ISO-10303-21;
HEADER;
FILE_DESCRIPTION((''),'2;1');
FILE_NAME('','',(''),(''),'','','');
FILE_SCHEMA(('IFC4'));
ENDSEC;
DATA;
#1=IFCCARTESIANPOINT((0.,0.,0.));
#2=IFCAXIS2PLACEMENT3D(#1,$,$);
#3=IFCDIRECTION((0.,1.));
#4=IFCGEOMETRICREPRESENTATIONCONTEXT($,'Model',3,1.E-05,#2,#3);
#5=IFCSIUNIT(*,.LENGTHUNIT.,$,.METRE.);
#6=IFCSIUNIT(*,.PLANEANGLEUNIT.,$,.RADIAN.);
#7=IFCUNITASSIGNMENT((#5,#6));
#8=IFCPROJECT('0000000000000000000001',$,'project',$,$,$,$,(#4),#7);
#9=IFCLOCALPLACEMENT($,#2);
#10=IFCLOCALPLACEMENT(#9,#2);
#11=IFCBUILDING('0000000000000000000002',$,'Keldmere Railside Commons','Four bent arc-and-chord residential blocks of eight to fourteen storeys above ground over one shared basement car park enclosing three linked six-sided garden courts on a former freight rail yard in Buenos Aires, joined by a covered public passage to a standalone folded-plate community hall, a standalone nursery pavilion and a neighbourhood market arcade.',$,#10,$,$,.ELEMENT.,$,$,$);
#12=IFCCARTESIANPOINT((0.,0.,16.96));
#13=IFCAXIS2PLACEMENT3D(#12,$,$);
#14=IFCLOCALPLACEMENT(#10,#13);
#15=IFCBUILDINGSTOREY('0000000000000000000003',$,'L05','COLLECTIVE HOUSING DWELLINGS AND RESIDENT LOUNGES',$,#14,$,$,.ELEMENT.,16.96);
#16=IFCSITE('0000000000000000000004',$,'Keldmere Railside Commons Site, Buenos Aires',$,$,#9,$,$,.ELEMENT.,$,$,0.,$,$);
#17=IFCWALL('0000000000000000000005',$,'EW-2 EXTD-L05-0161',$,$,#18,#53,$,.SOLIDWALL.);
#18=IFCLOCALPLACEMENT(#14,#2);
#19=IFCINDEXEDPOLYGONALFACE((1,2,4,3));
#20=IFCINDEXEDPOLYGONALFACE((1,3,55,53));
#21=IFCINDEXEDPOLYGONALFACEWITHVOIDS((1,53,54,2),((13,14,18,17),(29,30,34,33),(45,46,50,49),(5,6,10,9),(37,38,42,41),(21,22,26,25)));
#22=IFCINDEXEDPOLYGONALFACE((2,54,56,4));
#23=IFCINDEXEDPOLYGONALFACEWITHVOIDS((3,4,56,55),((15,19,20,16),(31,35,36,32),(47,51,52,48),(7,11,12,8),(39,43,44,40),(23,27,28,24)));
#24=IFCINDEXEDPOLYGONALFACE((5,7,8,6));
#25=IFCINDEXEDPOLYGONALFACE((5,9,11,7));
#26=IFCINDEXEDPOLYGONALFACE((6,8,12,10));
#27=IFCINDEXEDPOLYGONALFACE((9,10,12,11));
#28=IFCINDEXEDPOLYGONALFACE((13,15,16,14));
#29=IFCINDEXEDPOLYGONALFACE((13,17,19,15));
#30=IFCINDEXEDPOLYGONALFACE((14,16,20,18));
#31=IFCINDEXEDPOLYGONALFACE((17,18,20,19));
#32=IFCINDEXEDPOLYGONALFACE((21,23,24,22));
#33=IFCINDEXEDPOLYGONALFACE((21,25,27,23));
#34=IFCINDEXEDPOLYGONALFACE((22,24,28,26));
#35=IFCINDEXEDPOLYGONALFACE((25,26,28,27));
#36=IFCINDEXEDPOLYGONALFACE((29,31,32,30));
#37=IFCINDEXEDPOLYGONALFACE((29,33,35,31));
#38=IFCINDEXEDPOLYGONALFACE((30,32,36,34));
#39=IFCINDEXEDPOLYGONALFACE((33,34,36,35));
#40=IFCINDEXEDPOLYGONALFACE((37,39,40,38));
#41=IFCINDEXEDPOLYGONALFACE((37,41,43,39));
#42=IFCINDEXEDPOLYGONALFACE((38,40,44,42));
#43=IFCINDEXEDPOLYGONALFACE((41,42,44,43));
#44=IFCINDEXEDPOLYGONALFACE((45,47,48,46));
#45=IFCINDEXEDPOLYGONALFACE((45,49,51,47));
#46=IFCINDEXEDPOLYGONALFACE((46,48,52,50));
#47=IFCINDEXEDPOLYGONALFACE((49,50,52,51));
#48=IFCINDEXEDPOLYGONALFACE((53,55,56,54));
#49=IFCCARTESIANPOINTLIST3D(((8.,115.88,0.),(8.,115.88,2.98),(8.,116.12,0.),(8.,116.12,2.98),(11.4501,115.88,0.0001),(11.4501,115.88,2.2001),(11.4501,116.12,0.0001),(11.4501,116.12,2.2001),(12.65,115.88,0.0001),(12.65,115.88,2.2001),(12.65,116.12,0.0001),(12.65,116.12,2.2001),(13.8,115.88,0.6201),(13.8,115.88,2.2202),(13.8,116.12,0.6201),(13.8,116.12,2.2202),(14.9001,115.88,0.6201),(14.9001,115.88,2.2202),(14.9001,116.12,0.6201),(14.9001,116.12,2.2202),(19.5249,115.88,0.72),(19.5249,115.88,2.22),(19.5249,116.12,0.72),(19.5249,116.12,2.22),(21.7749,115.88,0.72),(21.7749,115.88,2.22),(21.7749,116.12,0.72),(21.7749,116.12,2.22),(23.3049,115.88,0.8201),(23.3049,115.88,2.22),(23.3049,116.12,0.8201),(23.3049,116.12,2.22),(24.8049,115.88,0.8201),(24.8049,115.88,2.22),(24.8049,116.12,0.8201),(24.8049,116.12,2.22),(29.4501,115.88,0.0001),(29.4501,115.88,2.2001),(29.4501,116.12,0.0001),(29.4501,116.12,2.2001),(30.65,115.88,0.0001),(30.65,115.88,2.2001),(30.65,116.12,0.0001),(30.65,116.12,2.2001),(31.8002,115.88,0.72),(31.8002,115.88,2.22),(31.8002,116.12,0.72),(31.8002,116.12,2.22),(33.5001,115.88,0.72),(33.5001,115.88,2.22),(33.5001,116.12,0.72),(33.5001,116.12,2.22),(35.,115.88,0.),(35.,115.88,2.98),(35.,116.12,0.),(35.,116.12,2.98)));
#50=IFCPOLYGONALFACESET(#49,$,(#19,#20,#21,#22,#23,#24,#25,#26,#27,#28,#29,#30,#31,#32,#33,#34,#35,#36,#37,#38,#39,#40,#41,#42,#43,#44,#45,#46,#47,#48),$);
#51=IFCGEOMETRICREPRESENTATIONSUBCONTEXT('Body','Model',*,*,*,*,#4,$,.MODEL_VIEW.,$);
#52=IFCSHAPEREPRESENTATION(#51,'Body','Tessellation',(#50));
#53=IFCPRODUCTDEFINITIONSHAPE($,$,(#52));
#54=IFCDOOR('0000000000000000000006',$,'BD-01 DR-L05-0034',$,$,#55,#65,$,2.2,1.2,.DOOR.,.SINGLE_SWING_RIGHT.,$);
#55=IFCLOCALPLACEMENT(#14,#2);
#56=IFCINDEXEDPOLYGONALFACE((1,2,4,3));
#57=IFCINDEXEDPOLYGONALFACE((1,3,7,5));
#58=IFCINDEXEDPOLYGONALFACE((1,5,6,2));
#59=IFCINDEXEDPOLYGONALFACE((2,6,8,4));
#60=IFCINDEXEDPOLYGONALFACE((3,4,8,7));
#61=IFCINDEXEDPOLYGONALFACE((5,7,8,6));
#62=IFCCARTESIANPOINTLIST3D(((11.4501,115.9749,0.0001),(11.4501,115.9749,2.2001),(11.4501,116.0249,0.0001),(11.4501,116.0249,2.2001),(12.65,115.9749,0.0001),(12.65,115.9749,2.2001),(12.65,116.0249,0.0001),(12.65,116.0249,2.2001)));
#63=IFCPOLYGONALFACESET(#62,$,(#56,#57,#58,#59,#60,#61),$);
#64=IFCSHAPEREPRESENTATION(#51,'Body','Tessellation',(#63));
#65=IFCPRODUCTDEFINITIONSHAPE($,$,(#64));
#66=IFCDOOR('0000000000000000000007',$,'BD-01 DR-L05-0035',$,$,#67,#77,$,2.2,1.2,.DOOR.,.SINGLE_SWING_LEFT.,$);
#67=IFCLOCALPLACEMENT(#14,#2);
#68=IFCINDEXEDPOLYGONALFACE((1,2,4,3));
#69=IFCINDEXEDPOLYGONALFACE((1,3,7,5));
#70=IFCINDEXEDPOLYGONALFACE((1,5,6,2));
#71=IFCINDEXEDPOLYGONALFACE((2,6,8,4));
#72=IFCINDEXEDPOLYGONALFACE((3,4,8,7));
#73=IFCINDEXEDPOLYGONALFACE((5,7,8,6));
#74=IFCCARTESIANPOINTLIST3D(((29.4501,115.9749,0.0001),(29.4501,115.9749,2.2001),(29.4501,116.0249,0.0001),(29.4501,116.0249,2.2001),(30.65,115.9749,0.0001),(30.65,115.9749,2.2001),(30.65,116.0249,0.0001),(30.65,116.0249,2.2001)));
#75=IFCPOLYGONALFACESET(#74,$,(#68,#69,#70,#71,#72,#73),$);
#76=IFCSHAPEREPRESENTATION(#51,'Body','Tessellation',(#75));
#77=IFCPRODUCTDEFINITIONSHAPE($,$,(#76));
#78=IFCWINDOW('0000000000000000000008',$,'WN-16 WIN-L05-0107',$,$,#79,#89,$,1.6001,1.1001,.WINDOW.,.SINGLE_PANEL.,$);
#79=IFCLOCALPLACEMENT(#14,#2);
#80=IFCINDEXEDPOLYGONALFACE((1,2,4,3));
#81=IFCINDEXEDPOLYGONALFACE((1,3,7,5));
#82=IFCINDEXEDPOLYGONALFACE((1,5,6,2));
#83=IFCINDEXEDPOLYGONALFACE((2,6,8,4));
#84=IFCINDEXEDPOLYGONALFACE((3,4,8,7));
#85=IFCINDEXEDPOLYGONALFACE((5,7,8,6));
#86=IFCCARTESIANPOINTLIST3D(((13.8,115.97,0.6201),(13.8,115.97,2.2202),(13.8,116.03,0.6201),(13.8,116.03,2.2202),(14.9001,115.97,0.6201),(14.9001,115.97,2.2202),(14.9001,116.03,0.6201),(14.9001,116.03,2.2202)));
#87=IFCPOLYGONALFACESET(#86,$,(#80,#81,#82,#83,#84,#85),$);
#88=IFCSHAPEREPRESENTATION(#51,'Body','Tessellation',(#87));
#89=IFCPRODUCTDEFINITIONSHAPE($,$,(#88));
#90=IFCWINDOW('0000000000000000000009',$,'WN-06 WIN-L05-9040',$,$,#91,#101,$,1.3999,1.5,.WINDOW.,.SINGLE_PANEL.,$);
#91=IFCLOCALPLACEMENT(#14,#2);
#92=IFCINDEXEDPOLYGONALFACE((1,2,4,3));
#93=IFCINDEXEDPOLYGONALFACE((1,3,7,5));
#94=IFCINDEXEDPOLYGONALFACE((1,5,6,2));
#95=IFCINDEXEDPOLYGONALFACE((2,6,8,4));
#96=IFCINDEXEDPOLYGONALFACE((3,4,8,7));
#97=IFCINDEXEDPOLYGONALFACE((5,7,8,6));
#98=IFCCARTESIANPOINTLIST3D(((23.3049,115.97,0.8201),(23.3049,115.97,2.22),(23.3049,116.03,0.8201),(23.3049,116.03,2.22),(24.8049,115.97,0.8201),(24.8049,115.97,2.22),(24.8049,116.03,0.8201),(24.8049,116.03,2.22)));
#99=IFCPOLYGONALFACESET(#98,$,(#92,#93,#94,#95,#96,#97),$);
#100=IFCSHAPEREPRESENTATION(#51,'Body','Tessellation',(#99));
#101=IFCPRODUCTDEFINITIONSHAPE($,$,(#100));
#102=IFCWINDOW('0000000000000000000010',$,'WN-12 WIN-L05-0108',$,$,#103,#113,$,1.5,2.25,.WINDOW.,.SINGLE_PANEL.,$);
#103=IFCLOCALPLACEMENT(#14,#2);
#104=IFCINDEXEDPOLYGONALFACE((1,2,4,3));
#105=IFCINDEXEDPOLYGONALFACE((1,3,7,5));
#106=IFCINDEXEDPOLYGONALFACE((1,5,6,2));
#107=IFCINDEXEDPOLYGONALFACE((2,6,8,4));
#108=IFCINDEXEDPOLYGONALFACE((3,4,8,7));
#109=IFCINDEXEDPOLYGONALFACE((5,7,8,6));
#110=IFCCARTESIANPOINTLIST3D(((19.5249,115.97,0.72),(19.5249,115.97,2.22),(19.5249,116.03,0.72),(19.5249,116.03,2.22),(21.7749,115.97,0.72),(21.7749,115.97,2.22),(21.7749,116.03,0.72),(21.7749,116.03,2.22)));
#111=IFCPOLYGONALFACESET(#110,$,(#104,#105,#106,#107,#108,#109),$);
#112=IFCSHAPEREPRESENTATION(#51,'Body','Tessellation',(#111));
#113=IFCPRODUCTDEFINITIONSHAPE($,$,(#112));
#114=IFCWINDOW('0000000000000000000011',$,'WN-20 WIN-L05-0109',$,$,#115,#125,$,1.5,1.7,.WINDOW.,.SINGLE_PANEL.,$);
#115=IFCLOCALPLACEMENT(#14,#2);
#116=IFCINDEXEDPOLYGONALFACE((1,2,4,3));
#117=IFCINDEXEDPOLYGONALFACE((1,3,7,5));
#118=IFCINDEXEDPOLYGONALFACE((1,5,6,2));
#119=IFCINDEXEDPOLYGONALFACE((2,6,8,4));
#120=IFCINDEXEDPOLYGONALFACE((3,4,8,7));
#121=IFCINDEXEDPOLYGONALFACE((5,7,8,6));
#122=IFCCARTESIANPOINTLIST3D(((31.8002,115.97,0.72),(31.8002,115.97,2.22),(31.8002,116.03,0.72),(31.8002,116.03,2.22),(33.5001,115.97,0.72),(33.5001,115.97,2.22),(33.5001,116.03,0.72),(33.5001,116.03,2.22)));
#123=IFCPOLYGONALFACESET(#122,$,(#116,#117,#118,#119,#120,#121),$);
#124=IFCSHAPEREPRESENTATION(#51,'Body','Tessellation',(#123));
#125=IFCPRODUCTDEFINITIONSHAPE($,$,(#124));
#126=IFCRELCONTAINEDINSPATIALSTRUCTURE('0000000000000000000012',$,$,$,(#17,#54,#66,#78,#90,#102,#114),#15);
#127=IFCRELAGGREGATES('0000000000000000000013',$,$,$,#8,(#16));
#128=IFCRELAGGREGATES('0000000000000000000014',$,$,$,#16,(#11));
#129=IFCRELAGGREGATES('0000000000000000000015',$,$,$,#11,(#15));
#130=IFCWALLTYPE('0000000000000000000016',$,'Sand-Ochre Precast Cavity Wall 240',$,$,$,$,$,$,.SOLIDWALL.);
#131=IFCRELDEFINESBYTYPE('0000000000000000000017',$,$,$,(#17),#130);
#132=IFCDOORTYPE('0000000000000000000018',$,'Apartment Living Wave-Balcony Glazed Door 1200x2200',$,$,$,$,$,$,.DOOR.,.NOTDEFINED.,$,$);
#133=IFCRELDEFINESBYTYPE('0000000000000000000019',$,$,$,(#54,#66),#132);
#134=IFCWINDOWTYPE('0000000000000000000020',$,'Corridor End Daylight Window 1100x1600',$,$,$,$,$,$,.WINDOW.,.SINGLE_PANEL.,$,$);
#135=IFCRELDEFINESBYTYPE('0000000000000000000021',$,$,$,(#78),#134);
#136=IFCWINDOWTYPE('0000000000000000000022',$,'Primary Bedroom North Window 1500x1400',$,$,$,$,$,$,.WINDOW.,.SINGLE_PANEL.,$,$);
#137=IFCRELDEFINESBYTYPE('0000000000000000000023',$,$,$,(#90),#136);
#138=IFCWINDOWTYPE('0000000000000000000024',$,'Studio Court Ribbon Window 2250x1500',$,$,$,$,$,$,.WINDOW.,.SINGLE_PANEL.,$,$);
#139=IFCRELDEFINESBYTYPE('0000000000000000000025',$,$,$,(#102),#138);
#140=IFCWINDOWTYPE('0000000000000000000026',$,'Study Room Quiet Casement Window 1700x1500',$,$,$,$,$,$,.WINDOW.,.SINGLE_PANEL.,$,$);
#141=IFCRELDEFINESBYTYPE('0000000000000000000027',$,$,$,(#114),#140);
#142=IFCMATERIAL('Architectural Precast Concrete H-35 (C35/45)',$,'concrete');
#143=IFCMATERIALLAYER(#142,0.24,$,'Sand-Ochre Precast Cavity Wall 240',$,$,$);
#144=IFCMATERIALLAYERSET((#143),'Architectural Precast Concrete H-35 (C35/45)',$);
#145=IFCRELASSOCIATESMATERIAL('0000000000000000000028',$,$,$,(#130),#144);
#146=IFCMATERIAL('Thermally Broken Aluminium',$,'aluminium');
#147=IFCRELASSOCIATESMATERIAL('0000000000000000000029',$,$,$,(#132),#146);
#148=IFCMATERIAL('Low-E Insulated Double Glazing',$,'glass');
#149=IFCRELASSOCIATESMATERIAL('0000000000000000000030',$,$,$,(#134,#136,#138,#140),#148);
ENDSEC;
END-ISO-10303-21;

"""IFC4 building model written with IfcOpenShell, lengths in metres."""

from ifc_helpers import new_model, si_unit, direction, frame, frame_2d, origin, place, context, subcontext, project, spatial, rectangle, extrude, material, layer, layer_set, type_object, element, fill, save


model = new_model("IFC4")

# Units and contexts
model_context = context("Model", 3, precision=1e-05, world=origin(), true_north=direction((0.0, 1.0)))
body_context = subcontext(model_context, "Body", "Model", "MODEL_VIEW")
ifc_project = project(units=[si_unit("LENGTHUNIT", "METRE"), si_unit("PLANEANGLEUNIT", "RADIAN")], contexts=[model_context])

# Site, building, storey
site_placement = place(None, origin())
site = spatial("IfcSite", under=ifc_project, at=site_placement, Name="Keldmere Railside Commons Site, Buenos Aires", CompositionType="ELEMENT", RefElevation=0.0)
building_placement = place(site_placement, origin())
building = spatial("IfcBuilding", under=site, at=building_placement, Name="Keldmere Railside Commons", Description="Four bent arc-and-chord residential blocks of eight to fourteen storeys above ground over one shared basement car park enclosing three linked six-sided garden courts on a former freight rail yard in Buenos Aires, joined by a covered public passage to a standalone folded-plate community hall, a standalone nursery pavilion and a neighbourhood market arcade.", CompositionType="ELEMENT")
storey_placement = place(building_placement, frame((0.0, 0.0, 16.96)))
storey = spatial("IfcBuildingStorey", under=building, at=storey_placement, Name="L05", Description="COLLECTIVE HOUSING DWELLINGS AND RESIDENT LOUNGES", CompositionType="ELEMENT", Elevation=16.96)

# Shared definitions
ifc_material_1 = material(Name="Architectural Precast Concrete H-35 (C35/45)", Category="concrete")

# Wall, openings, doors, windows
ifc_layer_1 = layer(ifc_material_1, 0.24, Name="Sand-Ochre Precast Cavity Wall 240")
ifc_layer_set_1 = layer_set([ifc_layer_1], Name="Architectural Precast Concrete H-35 (C35/45)")
wall_type_1 = type_object("IfcWallType", Name="Sand-Ochre Precast Cavity Wall 240", PredefinedType="SOLIDWALL", material=ifc_layer_set_1)
wall_1_placement = place(storey_placement, frame((8.0, 116.0, 0.0), z_axis=(0.0, 0.0, 1.0), x_axis=(1.0, 0.0, 0.0)))
wall_1 = element("IfcWall", 1, at=wall_1_placement, inside=storey, type_object=wall_type_1, Name="EW-2 EXTD-L05-0161", PredefinedType="SOLIDWALL", context=body_context, shape_type="SweptSolid", body=[
    extrude(rectangle(XDim=27.0, YDim=0.24, at=frame_2d((13.5, 0.0))), origin(), (0.0, 0.0, 1.0), 2.98),
])
opening_1_placement = place(wall_1_placement, frame((3.45, 0.0, 0.0)))
opening_1 = element("IfcOpeningElement", 2, at=opening_1_placement, cuts=wall_1, PredefinedType="OPENING", context=body_context, shape_type="SweptSolid", body=[
    extrude(rectangle(XDim=1.2, YDim=2.2, at=frame_2d((0.6001, 1.1001))), frame((0.0, 0.1299, 0.0), z_axis=(0.0, -1.0, 0.0), x_axis=(1.0, 0.0, 0.0)), (0.0, 0.0, 1.0), 0.26),
])
opening_2_placement = place(wall_1_placement, frame((5.8, 0.0, 0.6201)))
opening_2 = element("IfcOpeningElement", 3, at=opening_2_placement, cuts=wall_1, PredefinedType="OPENING", context=body_context, shape_type="SweptSolid", body=[
    extrude(rectangle(XDim=1.1001, YDim=1.6001, at=frame_2d((0.55, 0.8))), frame((0.0, 0.1299, 0.0), z_axis=(0.0, -1.0, 0.0), x_axis=(1.0, 0.0, 0.0)), (0.0, 0.0, 1.0), 0.26),
])
opening_3_placement = place(wall_1_placement, frame((11.5249, 0.0, 0.72)))
opening_3 = element("IfcOpeningElement", 4, at=opening_3_placement, cuts=wall_1, PredefinedType="OPENING", context=body_context, shape_type="SweptSolid", body=[
    extrude(rectangle(XDim=2.25, YDim=1.5, at=frame_2d((1.125, 0.75))), frame((0.0, 0.1299, 0.0), z_axis=(0.0, -1.0, 0.0), x_axis=(1.0, 0.0, 0.0)), (0.0, 0.0, 1.0), 0.26),
])
opening_4_placement = place(wall_1_placement, frame((21.45, 0.0, 0.0)))
opening_4 = element("IfcOpeningElement", 5, at=opening_4_placement, cuts=wall_1, PredefinedType="OPENING", context=body_context, shape_type="SweptSolid", body=[
    extrude(rectangle(XDim=1.2, YDim=2.2, at=frame_2d((0.6001, 1.1001))), frame((0.0, 0.1299, 0.0), z_axis=(0.0, -1.0, 0.0), x_axis=(1.0, 0.0, 0.0)), (0.0, 0.0, 1.0), 0.26),
])
opening_5_placement = place(wall_1_placement, frame((23.8, 0.0, 0.72)))
opening_5 = element("IfcOpeningElement", 6, at=opening_5_placement, cuts=wall_1, PredefinedType="OPENING", context=body_context, shape_type="SweptSolid", body=[
    extrude(rectangle(XDim=1.7, YDim=1.5, at=frame_2d((0.8501, 0.75))), frame((0.0, 0.1299, 0.0), z_axis=(0.0, -1.0, 0.0), x_axis=(1.0, 0.0, 0.0)), (0.0, 0.0, 1.0), 0.26),
])
opening_6_placement = place(wall_1_placement, frame((15.3049, 0.0, 0.8201)))
opening_6 = element("IfcOpeningElement", 7, at=opening_6_placement, cuts=wall_1, PredefinedType="OPENING", context=body_context, shape_type="SweptSolid", body=[
    extrude(rectangle(XDim=1.5, YDim=1.3999, at=frame_2d((0.75, 0.7))), frame((0.0, 0.1299, 0.0), z_axis=(0.0, -1.0, 0.0), x_axis=(1.0, 0.0, 0.0)), (0.0, 0.0, 1.0), 0.26),
])
ifc_material_2 = material(Name="Thermally Broken Aluminium", Category="aluminium")
door_type_1 = type_object("IfcDoorType", Name="Apartment Living Wave-Balcony Glazed Door 1200x2200", OperationType="NOTDEFINED", PredefinedType="DOOR", material=ifc_material_2)
door_1_placement = place(opening_1_placement, origin())
door_1 = element("IfcDoor", 8, at=door_1_placement, inside=storey, type_object=door_type_1, Name="BD-01 DR-L05-0034", OperationType="SINGLE_SWING_RIGHT", OverallHeight=2.2, OverallWidth=1.2, PredefinedType="DOOR", context=body_context, shape_type="SweptSolid", body=[
    extrude(rectangle(XDim=1.2, YDim=2.2, at=frame_2d((0.6001, 1.1001))), frame((0.0, 0.0249, 0.0), z_axis=(0.0, -1.0, 0.0), x_axis=(1.0, 0.0, 0.0)), (0.0, 0.0, 1.0), 0.05),
])
fill(opening_1, door_1)
door_2_placement = place(opening_4_placement, origin())
door_2 = element("IfcDoor", 9, at=door_2_placement, inside=storey, type_object=door_type_1, Name="BD-01 DR-L05-0035", OperationType="SINGLE_SWING_LEFT", OverallHeight=2.2, OverallWidth=1.2, PredefinedType="DOOR", context=body_context, shape_type="SweptSolid", body=[
    extrude(rectangle(XDim=1.2, YDim=2.2, at=frame_2d((0.6001, 1.1001))), frame((0.0, 0.0249, 0.0), z_axis=(0.0, -1.0, 0.0), x_axis=(1.0, 0.0, 0.0)), (0.0, 0.0, 1.0), 0.05),
])
fill(opening_4, door_2)
ifc_material_3 = material(Name="Low-E Insulated Double Glazing", Category="glass")
window_type_1 = type_object("IfcWindowType", Name="Corridor End Daylight Window 1100x1600", PartitioningType="SINGLE_PANEL", PredefinedType="WINDOW", material=ifc_material_3)
window_1_placement = place(opening_2_placement, origin())
window_1 = element("IfcWindow", 10, at=window_1_placement, inside=storey, type_object=window_type_1, Name="WN-16 WIN-L05-0107", OverallHeight=1.6001, OverallWidth=1.1001, PartitioningType="SINGLE_PANEL", PredefinedType="WINDOW", context=body_context, shape_type="SweptSolid", body=[
    extrude(rectangle(XDim=1.1001, YDim=1.6001, at=frame_2d((0.55, 0.8))), frame((0.0, 0.03, 0.0), z_axis=(0.0, -1.0, 0.0), x_axis=(1.0, 0.0, 0.0)), (0.0, 0.0, 1.0), 0.0601),
])
fill(opening_2, window_1)
window_type_2 = type_object("IfcWindowType", Name="Primary Bedroom North Window 1500x1400", PartitioningType="SINGLE_PANEL", PredefinedType="WINDOW", material=ifc_material_3)
window_2_placement = place(opening_6_placement, origin())
window_2 = element("IfcWindow", 11, at=window_2_placement, inside=storey, type_object=window_type_2, Name="WN-06 WIN-L05-9040", OverallHeight=1.3999, OverallWidth=1.5, PartitioningType="SINGLE_PANEL", PredefinedType="WINDOW", context=body_context, shape_type="SweptSolid", body=[
    extrude(rectangle(XDim=1.5, YDim=1.3999, at=frame_2d((0.75, 0.7))), frame((0.0, 0.03, 0.0), z_axis=(0.0, -1.0, 0.0), x_axis=(1.0, 0.0, 0.0)), (0.0, 0.0, 1.0), 0.0601),
])
fill(opening_6, window_2)
window_type_3 = type_object("IfcWindowType", Name="Studio Court Ribbon Window 2250x1500", PartitioningType="SINGLE_PANEL", PredefinedType="WINDOW", material=ifc_material_3)
window_3_placement = place(opening_3_placement, origin())
window_3 = element("IfcWindow", 12, at=window_3_placement, inside=storey, type_object=window_type_3, Name="WN-12 WIN-L05-0108", OverallHeight=1.5, OverallWidth=2.25, PartitioningType="SINGLE_PANEL", PredefinedType="WINDOW", context=body_context, shape_type="SweptSolid", body=[
    extrude(rectangle(XDim=2.25, YDim=1.5, at=frame_2d((1.125, 0.75))), frame((0.0, 0.03, 0.0), z_axis=(0.0, -1.0, 0.0), x_axis=(1.0, 0.0, 0.0)), (0.0, 0.0, 1.0), 0.0601),
])
fill(opening_3, window_3)
window_type_4 = type_object("IfcWindowType", Name="Study Room Quiet Casement Window 1700x1500", PartitioningType="SINGLE_PANEL", PredefinedType="WINDOW", material=ifc_material_3)
window_4_placement = place(opening_5_placement, origin())
window_4 = element("IfcWindow", 13, at=window_4_placement, inside=storey, type_object=window_type_4, Name="WN-20 WIN-L05-0109", OverallHeight=1.5, OverallWidth=1.7, PartitioningType="SINGLE_PANEL", PredefinedType="WINDOW", context=body_context, shape_type="SweptSolid", body=[
    extrude(rectangle(XDim=1.7, YDim=1.5, at=frame_2d((0.8501, 0.75))), frame((0.0, 0.03, 0.0), z_axis=(0.0, -1.0, 0.0), x_axis=(1.0, 0.0, 0.0)), (0.0, 0.0, 1.0), 0.0601),
])
fill(opening_5, window_4)

save(model, "model.ifc")
